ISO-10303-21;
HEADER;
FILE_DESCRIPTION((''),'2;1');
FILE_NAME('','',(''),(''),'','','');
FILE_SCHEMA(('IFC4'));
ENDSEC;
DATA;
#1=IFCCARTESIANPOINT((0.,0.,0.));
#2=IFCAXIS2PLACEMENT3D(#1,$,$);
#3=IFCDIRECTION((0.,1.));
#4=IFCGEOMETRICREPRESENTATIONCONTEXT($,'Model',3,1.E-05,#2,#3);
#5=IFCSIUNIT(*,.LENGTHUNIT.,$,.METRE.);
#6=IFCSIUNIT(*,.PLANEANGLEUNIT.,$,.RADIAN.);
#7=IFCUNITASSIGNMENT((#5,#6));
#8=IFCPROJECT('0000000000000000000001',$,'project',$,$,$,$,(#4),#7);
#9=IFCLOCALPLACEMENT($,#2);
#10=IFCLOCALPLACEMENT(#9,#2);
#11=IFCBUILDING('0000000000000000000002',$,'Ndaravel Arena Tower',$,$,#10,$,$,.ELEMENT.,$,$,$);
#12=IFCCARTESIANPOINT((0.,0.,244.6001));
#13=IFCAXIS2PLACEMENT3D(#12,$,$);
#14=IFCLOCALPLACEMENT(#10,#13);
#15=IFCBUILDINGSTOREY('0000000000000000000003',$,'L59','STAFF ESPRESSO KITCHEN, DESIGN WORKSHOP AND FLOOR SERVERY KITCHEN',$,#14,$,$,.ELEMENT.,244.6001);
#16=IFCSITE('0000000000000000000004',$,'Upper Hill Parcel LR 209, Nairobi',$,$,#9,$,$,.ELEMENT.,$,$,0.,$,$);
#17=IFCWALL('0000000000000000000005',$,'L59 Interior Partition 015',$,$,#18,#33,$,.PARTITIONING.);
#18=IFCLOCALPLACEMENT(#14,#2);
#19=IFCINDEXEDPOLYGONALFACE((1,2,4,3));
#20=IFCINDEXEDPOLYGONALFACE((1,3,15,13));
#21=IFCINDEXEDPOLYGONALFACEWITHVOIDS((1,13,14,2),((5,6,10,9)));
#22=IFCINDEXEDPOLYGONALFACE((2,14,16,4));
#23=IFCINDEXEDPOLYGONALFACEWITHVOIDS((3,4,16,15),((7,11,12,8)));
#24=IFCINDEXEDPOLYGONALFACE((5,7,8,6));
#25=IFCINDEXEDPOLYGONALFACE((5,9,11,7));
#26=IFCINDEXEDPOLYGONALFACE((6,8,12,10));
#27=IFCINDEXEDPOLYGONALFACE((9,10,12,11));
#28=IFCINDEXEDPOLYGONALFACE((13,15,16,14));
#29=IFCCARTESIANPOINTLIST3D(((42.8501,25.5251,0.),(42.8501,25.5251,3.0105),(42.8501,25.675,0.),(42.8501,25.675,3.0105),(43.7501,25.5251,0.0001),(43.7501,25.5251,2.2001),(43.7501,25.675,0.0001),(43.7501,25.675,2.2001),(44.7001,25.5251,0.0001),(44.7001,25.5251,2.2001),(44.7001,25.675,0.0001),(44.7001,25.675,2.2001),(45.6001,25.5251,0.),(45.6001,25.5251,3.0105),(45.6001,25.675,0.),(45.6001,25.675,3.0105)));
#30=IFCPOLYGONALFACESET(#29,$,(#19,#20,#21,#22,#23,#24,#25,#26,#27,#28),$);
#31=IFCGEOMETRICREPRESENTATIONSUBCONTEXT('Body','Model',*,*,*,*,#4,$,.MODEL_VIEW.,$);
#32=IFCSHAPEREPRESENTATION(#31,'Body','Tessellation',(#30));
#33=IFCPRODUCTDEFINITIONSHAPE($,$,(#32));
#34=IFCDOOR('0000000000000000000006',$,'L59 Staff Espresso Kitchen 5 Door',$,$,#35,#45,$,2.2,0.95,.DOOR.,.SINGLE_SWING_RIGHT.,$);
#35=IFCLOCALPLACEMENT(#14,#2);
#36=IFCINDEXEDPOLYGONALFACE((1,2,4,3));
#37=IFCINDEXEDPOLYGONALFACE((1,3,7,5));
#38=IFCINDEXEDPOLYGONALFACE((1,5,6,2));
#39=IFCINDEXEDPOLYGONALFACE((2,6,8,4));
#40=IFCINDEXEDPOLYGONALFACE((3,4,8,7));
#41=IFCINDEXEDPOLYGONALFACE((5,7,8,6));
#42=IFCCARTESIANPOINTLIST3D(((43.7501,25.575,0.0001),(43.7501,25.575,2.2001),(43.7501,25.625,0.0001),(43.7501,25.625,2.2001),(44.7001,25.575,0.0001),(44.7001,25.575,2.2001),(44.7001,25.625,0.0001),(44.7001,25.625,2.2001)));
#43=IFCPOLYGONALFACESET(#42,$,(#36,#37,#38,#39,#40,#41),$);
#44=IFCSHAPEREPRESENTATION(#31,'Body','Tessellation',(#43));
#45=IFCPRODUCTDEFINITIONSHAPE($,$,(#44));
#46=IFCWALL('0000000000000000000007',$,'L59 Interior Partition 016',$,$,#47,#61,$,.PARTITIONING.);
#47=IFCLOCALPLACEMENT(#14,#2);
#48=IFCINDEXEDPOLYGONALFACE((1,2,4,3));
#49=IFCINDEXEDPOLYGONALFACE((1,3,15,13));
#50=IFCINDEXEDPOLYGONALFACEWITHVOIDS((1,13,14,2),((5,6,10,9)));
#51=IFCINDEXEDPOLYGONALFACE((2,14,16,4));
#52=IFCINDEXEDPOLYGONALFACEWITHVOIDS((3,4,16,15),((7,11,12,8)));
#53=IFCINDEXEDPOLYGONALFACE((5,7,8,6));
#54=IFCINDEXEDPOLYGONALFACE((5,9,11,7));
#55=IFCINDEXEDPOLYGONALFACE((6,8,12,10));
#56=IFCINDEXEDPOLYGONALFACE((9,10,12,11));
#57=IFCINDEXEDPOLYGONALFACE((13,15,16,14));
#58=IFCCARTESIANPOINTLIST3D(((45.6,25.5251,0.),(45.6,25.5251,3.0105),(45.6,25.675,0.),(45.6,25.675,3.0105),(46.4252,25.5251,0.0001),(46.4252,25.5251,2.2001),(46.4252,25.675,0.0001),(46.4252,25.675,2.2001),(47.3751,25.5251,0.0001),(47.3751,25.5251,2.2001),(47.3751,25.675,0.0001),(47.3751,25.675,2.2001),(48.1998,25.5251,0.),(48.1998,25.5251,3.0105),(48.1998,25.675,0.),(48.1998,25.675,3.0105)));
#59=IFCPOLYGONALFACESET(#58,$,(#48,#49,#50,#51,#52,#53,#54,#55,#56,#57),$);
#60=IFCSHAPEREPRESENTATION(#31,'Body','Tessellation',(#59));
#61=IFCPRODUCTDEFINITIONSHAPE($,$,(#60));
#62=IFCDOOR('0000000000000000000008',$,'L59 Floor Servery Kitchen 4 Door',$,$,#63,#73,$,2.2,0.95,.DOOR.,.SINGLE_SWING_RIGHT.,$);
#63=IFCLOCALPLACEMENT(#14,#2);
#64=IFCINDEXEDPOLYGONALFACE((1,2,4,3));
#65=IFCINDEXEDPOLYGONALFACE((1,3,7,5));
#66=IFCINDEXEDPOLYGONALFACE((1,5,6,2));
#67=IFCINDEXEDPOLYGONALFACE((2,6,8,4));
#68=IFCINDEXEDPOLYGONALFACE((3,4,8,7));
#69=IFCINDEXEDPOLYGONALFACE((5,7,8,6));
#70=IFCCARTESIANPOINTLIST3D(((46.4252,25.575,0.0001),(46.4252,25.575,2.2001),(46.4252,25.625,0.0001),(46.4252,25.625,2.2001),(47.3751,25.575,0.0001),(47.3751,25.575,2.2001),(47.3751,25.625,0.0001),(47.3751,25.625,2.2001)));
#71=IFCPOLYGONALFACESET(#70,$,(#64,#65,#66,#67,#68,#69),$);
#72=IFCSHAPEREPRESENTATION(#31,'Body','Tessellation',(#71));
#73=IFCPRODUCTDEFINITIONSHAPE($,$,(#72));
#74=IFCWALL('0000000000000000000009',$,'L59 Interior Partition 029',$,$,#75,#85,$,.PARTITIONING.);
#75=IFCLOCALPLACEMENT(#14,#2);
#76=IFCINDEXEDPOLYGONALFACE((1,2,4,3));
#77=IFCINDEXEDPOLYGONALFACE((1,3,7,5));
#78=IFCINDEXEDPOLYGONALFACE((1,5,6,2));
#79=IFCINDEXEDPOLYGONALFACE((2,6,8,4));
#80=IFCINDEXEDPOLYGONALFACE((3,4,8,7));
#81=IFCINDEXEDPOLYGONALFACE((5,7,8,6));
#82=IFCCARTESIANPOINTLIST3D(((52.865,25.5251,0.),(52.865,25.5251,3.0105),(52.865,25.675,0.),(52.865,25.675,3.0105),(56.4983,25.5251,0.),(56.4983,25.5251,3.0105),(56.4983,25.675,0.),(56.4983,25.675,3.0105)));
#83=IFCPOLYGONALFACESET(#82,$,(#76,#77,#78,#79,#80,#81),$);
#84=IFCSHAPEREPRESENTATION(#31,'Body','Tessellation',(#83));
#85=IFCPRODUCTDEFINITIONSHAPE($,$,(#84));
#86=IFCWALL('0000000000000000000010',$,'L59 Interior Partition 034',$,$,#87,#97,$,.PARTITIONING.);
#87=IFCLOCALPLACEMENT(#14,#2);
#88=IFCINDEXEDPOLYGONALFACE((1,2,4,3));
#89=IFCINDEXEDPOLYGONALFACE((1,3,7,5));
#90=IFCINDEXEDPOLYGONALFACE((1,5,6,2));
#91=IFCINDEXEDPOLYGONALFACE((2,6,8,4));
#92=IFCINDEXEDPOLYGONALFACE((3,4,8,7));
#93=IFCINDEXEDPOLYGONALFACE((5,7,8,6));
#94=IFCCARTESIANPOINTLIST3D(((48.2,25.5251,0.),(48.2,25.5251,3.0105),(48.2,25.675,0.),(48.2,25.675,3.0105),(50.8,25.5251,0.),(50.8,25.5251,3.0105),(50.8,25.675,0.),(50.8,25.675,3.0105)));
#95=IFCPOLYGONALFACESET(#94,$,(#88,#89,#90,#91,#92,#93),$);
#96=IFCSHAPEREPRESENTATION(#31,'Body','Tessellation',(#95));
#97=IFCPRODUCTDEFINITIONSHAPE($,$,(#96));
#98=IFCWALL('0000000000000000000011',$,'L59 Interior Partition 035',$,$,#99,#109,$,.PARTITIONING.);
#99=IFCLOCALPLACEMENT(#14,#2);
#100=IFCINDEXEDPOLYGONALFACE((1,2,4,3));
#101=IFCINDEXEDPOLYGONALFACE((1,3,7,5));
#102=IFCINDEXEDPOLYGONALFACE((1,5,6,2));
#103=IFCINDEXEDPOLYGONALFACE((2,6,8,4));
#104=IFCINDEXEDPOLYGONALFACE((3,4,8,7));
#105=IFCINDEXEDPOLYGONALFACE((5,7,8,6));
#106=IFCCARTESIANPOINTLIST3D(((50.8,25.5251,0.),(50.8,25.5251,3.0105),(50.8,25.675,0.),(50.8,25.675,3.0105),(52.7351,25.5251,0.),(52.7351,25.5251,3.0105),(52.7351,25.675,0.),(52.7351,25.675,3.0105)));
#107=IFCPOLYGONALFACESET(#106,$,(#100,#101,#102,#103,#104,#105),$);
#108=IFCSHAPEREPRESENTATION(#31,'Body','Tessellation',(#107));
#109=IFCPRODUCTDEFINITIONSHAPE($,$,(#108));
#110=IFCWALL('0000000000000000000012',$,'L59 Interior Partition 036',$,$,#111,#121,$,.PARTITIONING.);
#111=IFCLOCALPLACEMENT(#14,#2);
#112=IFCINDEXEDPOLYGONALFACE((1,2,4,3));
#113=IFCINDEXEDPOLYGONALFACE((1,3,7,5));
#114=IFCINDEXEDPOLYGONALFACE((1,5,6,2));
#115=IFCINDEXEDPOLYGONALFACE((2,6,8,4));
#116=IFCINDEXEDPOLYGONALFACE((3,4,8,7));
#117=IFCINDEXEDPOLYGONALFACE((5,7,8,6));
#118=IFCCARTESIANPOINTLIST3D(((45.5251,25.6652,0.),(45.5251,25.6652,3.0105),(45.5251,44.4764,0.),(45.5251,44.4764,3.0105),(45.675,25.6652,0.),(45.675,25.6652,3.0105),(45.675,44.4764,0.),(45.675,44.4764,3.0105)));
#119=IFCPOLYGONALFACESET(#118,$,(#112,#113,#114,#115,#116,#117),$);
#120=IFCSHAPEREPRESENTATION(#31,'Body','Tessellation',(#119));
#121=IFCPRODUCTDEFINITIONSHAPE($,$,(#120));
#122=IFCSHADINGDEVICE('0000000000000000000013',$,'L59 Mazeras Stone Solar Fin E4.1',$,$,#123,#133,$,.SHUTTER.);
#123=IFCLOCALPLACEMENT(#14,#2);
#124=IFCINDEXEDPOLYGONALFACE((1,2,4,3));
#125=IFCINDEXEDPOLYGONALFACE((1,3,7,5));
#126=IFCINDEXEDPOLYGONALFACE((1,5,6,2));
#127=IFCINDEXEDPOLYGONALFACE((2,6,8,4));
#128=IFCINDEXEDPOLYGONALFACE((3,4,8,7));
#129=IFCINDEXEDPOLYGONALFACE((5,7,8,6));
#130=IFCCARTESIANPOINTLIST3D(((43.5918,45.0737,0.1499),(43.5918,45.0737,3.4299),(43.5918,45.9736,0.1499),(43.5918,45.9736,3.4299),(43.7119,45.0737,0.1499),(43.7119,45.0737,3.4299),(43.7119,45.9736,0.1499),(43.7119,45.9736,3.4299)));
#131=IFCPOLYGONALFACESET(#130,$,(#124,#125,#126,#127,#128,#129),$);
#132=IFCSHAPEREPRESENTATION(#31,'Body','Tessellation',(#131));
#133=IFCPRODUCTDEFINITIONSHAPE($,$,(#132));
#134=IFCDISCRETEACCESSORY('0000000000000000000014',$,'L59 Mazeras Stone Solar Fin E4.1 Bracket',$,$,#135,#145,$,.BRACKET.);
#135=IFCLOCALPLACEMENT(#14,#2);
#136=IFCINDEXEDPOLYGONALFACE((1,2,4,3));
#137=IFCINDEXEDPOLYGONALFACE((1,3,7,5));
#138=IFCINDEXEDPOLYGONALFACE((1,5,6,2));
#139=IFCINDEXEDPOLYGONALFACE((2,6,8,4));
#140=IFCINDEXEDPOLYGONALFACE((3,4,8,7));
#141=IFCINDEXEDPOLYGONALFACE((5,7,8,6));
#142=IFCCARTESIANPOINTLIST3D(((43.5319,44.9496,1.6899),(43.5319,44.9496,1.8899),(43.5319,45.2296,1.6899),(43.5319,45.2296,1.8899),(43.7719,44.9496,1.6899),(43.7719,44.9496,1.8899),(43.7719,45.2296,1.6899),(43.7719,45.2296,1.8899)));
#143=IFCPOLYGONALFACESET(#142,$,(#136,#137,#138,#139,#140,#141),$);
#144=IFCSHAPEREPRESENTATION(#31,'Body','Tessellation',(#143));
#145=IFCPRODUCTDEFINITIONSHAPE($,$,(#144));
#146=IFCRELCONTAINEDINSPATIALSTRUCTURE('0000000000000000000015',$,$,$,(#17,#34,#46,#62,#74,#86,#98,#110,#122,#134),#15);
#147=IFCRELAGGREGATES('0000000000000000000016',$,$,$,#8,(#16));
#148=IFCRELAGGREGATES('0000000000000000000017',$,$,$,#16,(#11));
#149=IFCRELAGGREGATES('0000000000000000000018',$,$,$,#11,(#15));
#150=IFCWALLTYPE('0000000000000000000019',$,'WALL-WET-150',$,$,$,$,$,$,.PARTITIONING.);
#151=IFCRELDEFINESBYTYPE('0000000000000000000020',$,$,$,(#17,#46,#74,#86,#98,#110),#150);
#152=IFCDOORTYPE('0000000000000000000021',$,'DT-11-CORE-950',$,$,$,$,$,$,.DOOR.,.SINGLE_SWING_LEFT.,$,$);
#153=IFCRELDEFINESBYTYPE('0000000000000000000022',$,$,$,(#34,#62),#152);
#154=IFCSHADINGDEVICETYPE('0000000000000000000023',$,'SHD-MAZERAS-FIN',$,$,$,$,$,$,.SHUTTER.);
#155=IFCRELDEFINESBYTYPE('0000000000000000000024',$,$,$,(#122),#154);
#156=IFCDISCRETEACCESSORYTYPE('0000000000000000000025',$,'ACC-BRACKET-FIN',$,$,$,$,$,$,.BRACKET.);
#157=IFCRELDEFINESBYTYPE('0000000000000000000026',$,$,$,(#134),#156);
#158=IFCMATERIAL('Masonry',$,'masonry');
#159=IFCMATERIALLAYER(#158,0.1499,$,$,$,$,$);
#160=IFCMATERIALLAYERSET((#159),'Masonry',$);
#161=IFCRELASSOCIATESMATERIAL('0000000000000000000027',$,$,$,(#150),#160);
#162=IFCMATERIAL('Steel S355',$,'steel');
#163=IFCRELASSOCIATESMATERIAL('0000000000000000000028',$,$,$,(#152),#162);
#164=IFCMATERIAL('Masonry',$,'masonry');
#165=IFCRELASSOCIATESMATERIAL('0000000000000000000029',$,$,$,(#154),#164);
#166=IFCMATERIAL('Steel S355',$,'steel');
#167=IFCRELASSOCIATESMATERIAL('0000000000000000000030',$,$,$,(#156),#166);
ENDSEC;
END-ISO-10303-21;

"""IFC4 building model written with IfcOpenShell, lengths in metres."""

from ifc_helpers import new_model, si_unit, direction, frame, frame_2d, origin, origin_2d, place, context, subcontext, project, spatial, rectangle, extrude, material, layer, layer_set, type_object, element, fill, save


model = new_model("IFC4")

# Units and contexts
model_context = context("Model", 3, precision=1e-05, world=origin(), true_north=direction((0.0, 1.0)))
body_context = subcontext(model_context, "Body", "Model", "MODEL_VIEW")
ifc_project = project(units=[si_unit("LENGTHUNIT", "METRE"), si_unit("PLANEANGLEUNIT", "RADIAN")], contexts=[model_context])

# Site, building, storey
site_placement = place(None, origin())
site = spatial("IfcSite", under=ifc_project, at=site_placement, Name="Upper Hill Parcel LR 209, Nairobi", CompositionType="ELEMENT", RefElevation=0.0)
building_placement = place(site_placement, origin())
building = spatial("IfcBuilding", under=site, at=building_placement, Name="Ndaravel Arena Tower", CompositionType="ELEMENT")
storey_placement = place(building_placement, frame((0.0, 0.0, 244.6001)))
storey = spatial("IfcBuildingStorey", under=building, at=storey_placement, Name="L59", Description="STAFF ESPRESSO KITCHEN, DESIGN WORKSHOP AND FLOOR SERVERY KITCHEN", CompositionType="ELEMENT", Elevation=244.6001)

# Walls, openings, doors
ifc_material_1 = material(Name="Masonry", Category="masonry")
ifc_layer_1 = layer(ifc_material_1, 0.1499)
ifc_layer_set_1 = layer_set([ifc_layer_1], Name="Masonry")
wall_type_1 = type_object("IfcWallType", Name="WALL-WET-150", PredefinedType="PARTITIONING", material=ifc_layer_set_1)
wall_1_placement = place(storey_placement, frame((42.8501, 25.6001, 0.0), z_axis=(0.0, 0.0, 1.0), x_axis=(1.0, 0.0, 0.0)))
wall_1 = element("IfcWall", 1, at=wall_1_placement, inside=storey, type_object=wall_type_1, Name="L59 Interior Partition 015", PredefinedType="PARTITIONING", context=body_context, shape_type="SweptSolid", body=[
    extrude(rectangle(XDim=2.75, YDim=0.1499, at=frame_2d((1.375, 0.0))), origin(), (0.0, 0.0, 1.0), 3.0105),
])
opening_1_placement = place(wall_1_placement, frame((0.8999, 0.0, 0.0)))
opening_1 = element("IfcOpeningElement", 2, at=opening_1_placement, cuts=wall_1, PredefinedType="OPENING", context=body_context, shape_type="SweptSolid", body=[
    extrude(rectangle(XDim=0.95, YDim=2.2, at=frame_2d((0.4751, 1.1001))), frame((0.0, 0.075, 0.0), z_axis=(0.0, -1.0, 0.0), x_axis=(1.0, 0.0, 0.0)), (0.0, 0.0, 1.0), 0.1499),
])
ifc_material_2 = material(Name="Steel S355", Category="steel")
door_type = type_object("IfcDoorType", Name="DT-11-CORE-950", OperationType="SINGLE_SWING_LEFT", PredefinedType="DOOR", material=ifc_material_2)
door_1_placement = place(opening_1_placement, origin())
door_1 = element("IfcDoor", 3, at=door_1_placement, inside=storey, type_object=door_type, Name="L59 Staff Espresso Kitchen 5 Door", OperationType="SINGLE_SWING_RIGHT", OverallHeight=2.2, OverallWidth=0.95, PredefinedType="DOOR", context=body_context, shape_type="SweptSolid", body=[
    extrude(rectangle(XDim=0.95, YDim=2.2, at=frame_2d((0.4751, 1.1001))), frame((0.0, 0.0249, 0.0), z_axis=(0.0, -1.0, 0.0), x_axis=(1.0, 0.0, 0.0)), (0.0, 0.0, 1.0), 0.05),
])
fill(opening_1, door_1)
wall_2_placement = place(storey_placement, frame((45.6001, 25.6001, 0.0), z_axis=(0.0, 0.0, 1.0), x_axis=(1.0, 0.0, 0.0)))
wall_2 = element("IfcWall", 4, at=wall_2_placement, inside=storey, type_object=wall_type_1, Name="L59 Interior Partition 016", PredefinedType="PARTITIONING", context=body_context, shape_type="SweptSolid", body=[
    extrude(rectangle(XDim=2.5999, YDim=0.1499, at=frame_2d((1.2998, 0.0))), origin(), (0.0, 0.0, 1.0), 3.0105),
])
opening_2_placement = place(wall_2_placement, frame((0.825, 0.0, 0.0)))
opening_2 = element("IfcOpeningElement", 5, at=opening_2_placement, cuts=wall_2, PredefinedType="OPENING", context=body_context, shape_type="SweptSolid", body=[
    extrude(rectangle(XDim=0.95, YDim=2.2, at=frame_2d((0.4751, 1.1001))), frame((0.0, 0.075, 0.0), z_axis=(0.0, -1.0, 0.0), x_axis=(1.0, 0.0, 0.0)), (0.0, 0.0, 1.0), 0.1499),
])
door_2_placement = place(opening_2_placement, origin())
door_2 = element("IfcDoor", 6, at=door_2_placement, inside=storey, type_object=door_type, Name="L59 Floor Servery Kitchen 4 Door", OperationType="SINGLE_SWING_RIGHT", OverallHeight=2.2, OverallWidth=0.95, PredefinedType="DOOR", context=body_context, shape_type="SweptSolid", body=[
    extrude(rectangle(XDim=0.95, YDim=2.2, at=frame_2d((0.4751, 1.1001))), frame((0.0, 0.0249, 0.0), z_axis=(0.0, -1.0, 0.0), x_axis=(1.0, 0.0, 0.0)), (0.0, 0.0, 1.0), 0.05),
])
fill(opening_2, door_2)

# Walls
wall_3_placement = place(storey_placement, frame((52.865, 25.6001, 0.0), z_axis=(0.0, 0.0, 1.0), x_axis=(1.0, 0.0, 0.0)))
element("IfcWall", 7, at=wall_3_placement, inside=storey, type_object=wall_type_1, Name="L59 Interior Partition 029", PredefinedType="PARTITIONING", context=body_context, shape_type="SweptSolid", body=[
    extrude(rectangle(XDim=3.6333, YDim=0.1499, at=frame_2d((1.8167, 0.0))), origin(), (0.0, 0.0, 1.0), 3.0105),
])
wall_4_placement = place(storey_placement, frame((48.2, 25.6001, 0.0), z_axis=(0.0, 0.0, 1.0), x_axis=(1.0, 0.0, 0.0)))
element("IfcWall", 8, at=wall_4_placement, inside=storey, type_object=wall_type_1, Name="L59 Interior Partition 034", PredefinedType="PARTITIONING", context=body_context, shape_type="SweptSolid", body=[
    extrude(rectangle(XDim=2.6001, YDim=0.1499, at=frame_2d((1.3, 0.0))), origin(), (0.0, 0.0, 1.0), 3.0105),
])
wall_5_placement = place(storey_placement, frame((50.8, 25.6001, 0.0), z_axis=(0.0, 0.0, 1.0), x_axis=(1.0, 0.0, 0.0)))
element("IfcWall", 9, at=wall_5_placement, inside=storey, type_object=wall_type_1, Name="L59 Interior Partition 035", PredefinedType="PARTITIONING", context=body_context, shape_type="SweptSolid", body=[
    extrude(rectangle(XDim=1.9351, YDim=0.1499, at=frame_2d((0.9675, 0.0))), origin(), (0.0, 0.0, 1.0), 3.0105),
])
wall_6_placement = place(storey_placement, frame((45.6001, 25.665, 0.0), z_axis=(0.0, 0.0, 1.0), x_axis=(0.0, 1.0, 0.0)))
element("IfcWall", 10, at=wall_6_placement, inside=storey, type_object=wall_type_1, Name="L59 Interior Partition 036", PredefinedType="PARTITIONING", context=body_context, shape_type="SweptSolid", body=[
    extrude(rectangle(XDim=18.8113, YDim=0.1499, at=frame_2d((9.4058, 0.0))), origin(), (0.0, 0.0, 1.0), 3.0105),
])

# Shading device
ifc_material_3 = material(Name="Masonry", Category="masonry")
shading_device_type = type_object("IfcShadingDeviceType", Name="SHD-MAZERAS-FIN", PredefinedType="SHUTTER", material=ifc_material_3)
shading_device_placement = place(storey_placement, frame((43.6519, 45.5237, 0.1499), z_axis=(0.0, 0.0, 1.0), x_axis=(0.0, 1.0, 0.0)))
element("IfcShadingDevice", 11, at=shading_device_placement, inside=storey, type_object=shading_device_type, Name="L59 Mazeras Stone Solar Fin E4.1", PredefinedType="SHUTTER", context=body_context, shape_type="SweptSolid", body=[
    extrude(rectangle(XDim=0.8999, YDim=0.1201, at=origin_2d()), origin(), (0.0, 0.0, 1.0), 3.28),
])

# Discrete accessory
ifc_material_4 = material(Name="Steel S355", Category="steel")
discrete_accessory_type = type_object("IfcDiscreteAccessoryType", Name="ACC-BRACKET-FIN", PredefinedType="BRACKET", material=ifc_material_4)
discrete_accessory_placement = place(storey_placement, frame((43.6519, 45.0896, 1.6899), z_axis=(0.0, 0.0, 1.0), x_axis=(0.0, 1.0, 0.0)))
element("IfcDiscreteAccessory", 12, at=discrete_accessory_placement, inside=storey, type_object=discrete_accessory_type, Name="L59 Mazeras Stone Solar Fin E4.1 Bracket", PredefinedType="BRACKET", context=body_context, shape_type="SweptSolid", body=[
    extrude(rectangle(XDim=0.28, YDim=0.24, at=origin_2d()), origin(), (0.0, 0.0, 1.0), 0.2),
])

save(model, "model.ifc")
